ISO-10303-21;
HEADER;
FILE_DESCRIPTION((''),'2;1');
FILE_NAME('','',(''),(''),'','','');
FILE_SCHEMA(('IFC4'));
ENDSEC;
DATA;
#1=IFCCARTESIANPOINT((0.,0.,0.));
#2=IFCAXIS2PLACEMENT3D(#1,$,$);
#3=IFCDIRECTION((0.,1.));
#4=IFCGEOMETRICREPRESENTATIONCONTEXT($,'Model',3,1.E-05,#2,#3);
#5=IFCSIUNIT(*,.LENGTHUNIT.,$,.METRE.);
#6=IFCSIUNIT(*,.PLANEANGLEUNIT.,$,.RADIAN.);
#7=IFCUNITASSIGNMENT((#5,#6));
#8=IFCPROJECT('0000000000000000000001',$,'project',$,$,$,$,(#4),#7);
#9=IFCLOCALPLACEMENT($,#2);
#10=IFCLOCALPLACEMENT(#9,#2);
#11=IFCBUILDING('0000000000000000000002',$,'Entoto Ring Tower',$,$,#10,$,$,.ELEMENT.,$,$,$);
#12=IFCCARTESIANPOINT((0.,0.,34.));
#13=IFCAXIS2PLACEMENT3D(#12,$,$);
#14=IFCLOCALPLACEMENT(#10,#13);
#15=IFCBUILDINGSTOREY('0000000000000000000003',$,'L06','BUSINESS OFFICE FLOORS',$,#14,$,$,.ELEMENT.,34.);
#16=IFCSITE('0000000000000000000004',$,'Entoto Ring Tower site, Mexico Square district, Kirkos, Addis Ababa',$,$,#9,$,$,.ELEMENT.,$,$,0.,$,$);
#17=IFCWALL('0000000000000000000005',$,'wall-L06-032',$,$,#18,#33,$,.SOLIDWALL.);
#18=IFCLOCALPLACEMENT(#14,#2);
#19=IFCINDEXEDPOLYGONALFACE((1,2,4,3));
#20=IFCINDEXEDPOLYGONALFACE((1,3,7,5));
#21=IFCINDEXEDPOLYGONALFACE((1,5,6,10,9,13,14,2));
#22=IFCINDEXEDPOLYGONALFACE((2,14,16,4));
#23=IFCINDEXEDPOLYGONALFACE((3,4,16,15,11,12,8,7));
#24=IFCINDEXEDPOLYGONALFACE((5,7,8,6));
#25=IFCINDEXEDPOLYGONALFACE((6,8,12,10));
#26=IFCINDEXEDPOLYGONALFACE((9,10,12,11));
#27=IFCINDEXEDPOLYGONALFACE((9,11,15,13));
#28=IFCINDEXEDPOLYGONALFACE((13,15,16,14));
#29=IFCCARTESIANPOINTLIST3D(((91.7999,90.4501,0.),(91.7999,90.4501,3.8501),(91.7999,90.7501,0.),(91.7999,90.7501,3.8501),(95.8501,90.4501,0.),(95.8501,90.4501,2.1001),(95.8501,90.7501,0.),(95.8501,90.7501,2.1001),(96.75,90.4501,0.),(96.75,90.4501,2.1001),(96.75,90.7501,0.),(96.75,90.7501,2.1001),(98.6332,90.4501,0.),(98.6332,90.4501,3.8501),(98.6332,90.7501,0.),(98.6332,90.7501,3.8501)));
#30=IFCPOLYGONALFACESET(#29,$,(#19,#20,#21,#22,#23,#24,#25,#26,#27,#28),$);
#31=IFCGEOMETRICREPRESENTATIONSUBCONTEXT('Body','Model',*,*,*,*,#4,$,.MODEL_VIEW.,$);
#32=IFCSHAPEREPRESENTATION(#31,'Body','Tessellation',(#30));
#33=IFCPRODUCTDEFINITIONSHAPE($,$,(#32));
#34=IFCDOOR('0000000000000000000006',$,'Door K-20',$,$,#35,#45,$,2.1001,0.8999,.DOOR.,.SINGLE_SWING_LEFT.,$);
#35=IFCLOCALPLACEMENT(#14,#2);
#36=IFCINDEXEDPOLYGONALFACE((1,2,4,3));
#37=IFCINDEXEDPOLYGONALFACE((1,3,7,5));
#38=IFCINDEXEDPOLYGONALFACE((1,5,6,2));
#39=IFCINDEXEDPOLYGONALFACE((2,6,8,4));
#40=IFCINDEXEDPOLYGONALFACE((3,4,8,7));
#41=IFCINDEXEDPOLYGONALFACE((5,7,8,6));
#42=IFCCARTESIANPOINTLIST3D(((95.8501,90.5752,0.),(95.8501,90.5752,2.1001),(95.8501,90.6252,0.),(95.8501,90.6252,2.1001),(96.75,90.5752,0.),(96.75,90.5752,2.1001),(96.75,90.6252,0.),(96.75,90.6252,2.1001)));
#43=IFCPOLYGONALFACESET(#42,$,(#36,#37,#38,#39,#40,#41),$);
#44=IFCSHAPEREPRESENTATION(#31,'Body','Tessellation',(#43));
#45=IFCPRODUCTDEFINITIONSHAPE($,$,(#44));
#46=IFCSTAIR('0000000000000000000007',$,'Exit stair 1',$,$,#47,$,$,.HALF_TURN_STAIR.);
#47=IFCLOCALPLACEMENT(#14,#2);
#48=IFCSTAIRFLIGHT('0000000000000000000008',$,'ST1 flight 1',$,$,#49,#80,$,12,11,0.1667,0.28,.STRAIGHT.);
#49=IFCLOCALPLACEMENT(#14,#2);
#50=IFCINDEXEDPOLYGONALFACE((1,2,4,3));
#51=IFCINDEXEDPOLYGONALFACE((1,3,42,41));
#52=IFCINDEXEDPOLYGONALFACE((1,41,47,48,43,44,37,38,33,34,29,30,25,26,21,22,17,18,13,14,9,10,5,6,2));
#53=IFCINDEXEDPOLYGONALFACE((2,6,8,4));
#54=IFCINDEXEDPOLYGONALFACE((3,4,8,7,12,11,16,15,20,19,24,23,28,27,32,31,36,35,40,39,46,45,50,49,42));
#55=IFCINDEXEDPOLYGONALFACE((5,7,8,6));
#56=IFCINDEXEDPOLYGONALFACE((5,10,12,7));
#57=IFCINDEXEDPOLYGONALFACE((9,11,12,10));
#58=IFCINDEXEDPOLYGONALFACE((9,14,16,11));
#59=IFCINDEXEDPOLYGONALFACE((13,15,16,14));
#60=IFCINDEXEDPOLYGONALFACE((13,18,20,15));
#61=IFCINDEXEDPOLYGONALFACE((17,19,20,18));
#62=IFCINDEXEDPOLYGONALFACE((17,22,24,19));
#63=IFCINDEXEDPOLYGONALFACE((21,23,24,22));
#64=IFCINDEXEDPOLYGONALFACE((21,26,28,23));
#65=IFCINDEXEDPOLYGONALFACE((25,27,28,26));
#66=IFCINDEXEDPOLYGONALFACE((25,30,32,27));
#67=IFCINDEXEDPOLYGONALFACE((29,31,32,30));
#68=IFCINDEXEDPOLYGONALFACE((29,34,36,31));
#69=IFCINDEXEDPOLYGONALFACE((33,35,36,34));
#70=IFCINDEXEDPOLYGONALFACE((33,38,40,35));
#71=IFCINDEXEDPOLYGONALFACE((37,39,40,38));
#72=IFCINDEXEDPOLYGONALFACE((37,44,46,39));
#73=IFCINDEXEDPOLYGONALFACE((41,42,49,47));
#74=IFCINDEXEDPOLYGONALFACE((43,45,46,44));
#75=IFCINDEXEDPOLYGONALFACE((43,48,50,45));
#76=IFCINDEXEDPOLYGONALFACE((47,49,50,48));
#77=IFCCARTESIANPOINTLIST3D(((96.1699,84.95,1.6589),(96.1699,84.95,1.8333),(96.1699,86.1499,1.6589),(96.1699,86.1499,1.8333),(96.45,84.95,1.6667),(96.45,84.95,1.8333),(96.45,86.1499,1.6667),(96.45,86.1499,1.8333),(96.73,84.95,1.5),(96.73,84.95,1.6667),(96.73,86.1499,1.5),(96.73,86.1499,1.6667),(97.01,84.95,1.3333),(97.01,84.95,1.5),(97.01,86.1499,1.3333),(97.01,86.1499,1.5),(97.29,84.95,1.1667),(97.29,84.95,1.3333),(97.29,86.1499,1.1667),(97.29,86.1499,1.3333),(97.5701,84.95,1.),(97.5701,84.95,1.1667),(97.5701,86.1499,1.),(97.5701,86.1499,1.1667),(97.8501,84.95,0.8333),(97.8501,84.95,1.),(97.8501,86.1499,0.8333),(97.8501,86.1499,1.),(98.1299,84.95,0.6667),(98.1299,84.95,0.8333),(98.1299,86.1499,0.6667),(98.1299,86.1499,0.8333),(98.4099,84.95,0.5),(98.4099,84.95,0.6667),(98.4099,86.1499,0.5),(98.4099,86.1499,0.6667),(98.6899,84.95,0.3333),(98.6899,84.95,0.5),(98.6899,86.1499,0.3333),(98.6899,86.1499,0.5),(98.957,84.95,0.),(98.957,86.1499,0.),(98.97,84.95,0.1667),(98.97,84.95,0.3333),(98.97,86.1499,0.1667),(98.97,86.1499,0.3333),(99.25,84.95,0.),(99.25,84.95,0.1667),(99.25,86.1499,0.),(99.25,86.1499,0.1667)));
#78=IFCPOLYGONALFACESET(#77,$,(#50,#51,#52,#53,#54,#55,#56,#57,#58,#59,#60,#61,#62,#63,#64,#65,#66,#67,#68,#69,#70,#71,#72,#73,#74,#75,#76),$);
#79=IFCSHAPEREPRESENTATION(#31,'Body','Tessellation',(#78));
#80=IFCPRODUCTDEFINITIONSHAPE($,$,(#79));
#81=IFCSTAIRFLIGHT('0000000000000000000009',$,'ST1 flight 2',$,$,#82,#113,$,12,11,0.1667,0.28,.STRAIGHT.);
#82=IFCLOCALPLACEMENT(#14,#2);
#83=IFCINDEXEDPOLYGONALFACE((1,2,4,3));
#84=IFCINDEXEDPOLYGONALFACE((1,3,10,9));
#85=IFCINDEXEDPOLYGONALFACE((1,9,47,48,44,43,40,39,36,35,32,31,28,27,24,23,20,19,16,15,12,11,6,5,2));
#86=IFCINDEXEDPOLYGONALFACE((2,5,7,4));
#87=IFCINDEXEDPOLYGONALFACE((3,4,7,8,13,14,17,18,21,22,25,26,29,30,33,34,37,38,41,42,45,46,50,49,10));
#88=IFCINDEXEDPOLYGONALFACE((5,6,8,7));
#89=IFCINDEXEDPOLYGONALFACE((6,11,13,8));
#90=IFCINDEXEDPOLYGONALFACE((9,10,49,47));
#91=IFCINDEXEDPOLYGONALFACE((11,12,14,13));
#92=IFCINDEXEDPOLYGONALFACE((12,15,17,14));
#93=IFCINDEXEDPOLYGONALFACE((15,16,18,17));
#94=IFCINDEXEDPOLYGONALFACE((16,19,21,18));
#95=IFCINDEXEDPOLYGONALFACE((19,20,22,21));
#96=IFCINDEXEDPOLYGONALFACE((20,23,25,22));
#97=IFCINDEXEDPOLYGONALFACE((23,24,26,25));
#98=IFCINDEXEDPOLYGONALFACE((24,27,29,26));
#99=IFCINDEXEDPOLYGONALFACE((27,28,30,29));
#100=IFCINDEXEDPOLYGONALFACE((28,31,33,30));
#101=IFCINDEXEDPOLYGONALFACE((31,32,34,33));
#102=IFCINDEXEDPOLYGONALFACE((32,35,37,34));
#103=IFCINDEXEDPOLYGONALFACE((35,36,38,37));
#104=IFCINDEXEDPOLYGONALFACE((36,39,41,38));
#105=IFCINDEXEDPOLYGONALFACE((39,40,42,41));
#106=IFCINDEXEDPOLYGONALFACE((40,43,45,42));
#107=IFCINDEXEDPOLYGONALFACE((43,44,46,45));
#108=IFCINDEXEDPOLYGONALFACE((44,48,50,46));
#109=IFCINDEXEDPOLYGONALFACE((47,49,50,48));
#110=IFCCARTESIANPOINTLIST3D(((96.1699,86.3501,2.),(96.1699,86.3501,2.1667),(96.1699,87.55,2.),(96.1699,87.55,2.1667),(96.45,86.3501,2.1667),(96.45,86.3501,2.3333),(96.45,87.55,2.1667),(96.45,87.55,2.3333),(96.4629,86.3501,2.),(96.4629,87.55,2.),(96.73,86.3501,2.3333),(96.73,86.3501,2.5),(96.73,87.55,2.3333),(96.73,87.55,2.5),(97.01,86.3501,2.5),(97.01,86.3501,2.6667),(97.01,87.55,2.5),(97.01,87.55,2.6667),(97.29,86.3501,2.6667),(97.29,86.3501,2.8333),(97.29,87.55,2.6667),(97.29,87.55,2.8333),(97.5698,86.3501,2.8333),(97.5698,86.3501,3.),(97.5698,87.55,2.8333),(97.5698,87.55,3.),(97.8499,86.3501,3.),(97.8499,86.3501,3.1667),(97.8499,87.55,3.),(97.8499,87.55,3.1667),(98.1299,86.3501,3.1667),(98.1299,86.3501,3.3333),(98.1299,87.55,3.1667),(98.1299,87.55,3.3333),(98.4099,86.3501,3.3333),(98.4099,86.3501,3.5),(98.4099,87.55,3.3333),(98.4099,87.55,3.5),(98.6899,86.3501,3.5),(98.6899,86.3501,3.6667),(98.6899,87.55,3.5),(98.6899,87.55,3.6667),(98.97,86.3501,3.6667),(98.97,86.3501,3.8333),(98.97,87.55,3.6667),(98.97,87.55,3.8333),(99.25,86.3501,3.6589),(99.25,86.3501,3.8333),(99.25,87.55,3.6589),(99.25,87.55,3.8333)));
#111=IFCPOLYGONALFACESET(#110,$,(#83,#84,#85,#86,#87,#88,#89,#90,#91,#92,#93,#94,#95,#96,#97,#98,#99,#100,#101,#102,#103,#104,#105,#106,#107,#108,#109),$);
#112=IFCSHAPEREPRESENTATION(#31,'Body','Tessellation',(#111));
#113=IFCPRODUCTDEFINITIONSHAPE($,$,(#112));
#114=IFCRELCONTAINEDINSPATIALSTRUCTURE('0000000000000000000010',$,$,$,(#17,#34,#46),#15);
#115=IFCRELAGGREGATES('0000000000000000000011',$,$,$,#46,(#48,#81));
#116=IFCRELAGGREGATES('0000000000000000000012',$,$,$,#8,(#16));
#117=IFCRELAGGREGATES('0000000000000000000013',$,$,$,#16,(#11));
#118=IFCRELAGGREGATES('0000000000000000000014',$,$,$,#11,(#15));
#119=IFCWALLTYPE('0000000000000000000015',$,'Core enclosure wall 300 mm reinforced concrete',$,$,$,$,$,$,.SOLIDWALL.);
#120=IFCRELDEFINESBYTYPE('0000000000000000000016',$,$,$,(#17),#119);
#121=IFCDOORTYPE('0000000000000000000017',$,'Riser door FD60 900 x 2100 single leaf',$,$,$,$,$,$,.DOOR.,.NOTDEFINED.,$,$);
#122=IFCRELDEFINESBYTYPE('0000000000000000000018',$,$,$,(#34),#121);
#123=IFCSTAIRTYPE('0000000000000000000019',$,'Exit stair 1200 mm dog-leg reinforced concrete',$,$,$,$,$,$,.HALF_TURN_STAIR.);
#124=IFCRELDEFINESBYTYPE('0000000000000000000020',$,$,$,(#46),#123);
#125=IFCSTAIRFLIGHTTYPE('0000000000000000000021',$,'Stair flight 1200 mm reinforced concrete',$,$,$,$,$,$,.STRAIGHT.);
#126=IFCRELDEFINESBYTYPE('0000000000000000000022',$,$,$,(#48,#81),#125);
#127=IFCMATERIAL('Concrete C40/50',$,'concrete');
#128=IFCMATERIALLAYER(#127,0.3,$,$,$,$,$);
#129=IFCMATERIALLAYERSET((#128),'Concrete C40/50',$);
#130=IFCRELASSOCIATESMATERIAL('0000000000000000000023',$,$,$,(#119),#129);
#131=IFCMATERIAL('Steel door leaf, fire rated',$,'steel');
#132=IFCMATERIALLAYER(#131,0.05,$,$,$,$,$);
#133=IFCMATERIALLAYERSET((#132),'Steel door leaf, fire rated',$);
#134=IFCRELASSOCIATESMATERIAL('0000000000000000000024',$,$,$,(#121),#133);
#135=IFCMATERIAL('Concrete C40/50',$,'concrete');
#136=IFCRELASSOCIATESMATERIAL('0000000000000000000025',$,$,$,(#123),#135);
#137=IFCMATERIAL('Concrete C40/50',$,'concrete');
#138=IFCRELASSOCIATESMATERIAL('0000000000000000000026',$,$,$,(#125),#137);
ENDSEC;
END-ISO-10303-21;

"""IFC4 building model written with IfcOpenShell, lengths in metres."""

from ifc_helpers import new_model, si_unit, direction, frame, frame_2d, origin, place, context, subcontext, project, spatial, polyline, rectangle, outline, extrude, material, layer, layer_set, type_object, element, fill, aggregate, save


model = new_model("IFC4")

# Units and contexts
model_context = context("Model", 3, precision=1e-05, world=origin(), true_north=direction((0.0, 1.0)))
body_context = subcontext(model_context, "Body", "Model", "MODEL_VIEW")
ifc_project = project(units=[si_unit("LENGTHUNIT", "METRE"), si_unit("PLANEANGLEUNIT", "RADIAN")], contexts=[model_context])

# Site, building, storey
site_placement = place(None, origin())
site = spatial("IfcSite", under=ifc_project, at=site_placement, Name="Entoto Ring Tower site, Mexico Square district, Kirkos, Addis Ababa", CompositionType="ELEMENT", RefElevation=0.0)
building_placement = place(site_placement, origin())
building = spatial("IfcBuilding", under=site, at=building_placement, Name="Entoto Ring Tower", CompositionType="ELEMENT")
storey_placement = place(building_placement, frame((0.0, 0.0, 34.0)))
storey = spatial("IfcBuildingStorey", under=building, at=storey_placement, Name="L06", Description="BUSINESS OFFICE FLOORS", CompositionType="ELEMENT", Elevation=34.0)

# Shared definitions
ifc_material_1 = material(Name="Concrete C40/50", Category="concrete")
ifc_layer_1 = layer(ifc_material_1, 0.3)
ifc_layer_set_1 = layer_set([ifc_layer_1], Name="Concrete C40/50")
wall_type = type_object("IfcWallType", Name="Core enclosure wall 300 mm reinforced concrete", PredefinedType="SOLIDWALL", material=ifc_layer_set_1)

# Wall, opening, door
wall_1_placement = place(storey_placement, frame((91.8, 90.6001, 0.0), z_axis=(0.0, 0.0, 1.0), x_axis=(1.0, 0.0, 0.0)))
wall_1 = element("IfcWall", 1, at=wall_1_placement, inside=storey, type_object=wall_type, Name="wall-L06-032", PredefinedType="SOLIDWALL", context=body_context, shape_type="SweptSolid", body=[
    extrude(rectangle(XDim=6.8333, YDim=0.3, at=frame_2d((3.4165, 0.0))), origin(), (0.0, 0.0, 1.0), 3.8501),
])
opening_1_placement = place(wall_1_placement, frame((4.05, 0.0, 0.0)))
opening_1 = element("IfcOpeningElement", 2, at=opening_1_placement, cuts=wall_1, PredefinedType="OPENING", context=body_context, shape_type="SweptSolid", body=[
    extrude(rectangle(XDim=0.8999, YDim=2.1001, at=frame_2d((0.45, 1.05))), frame((0.0, 0.1602, 0.0), z_axis=(0.0, -1.0, 0.0), x_axis=(1.0, 0.0, 0.0)), (0.0, 0.0, 1.0), 0.3201),
])
ifc_material_2 = material(Name="Steel door leaf, fire rated", Category="steel")
ifc_layer_2 = layer(ifc_material_2, 0.05)
ifc_layer_set_2 = layer_set([ifc_layer_2], Name="Steel door leaf, fire rated")
door_type_1 = type_object("IfcDoorType", Name="Riser door FD60 900 x 2100 single leaf", OperationType="NOTDEFINED", PredefinedType="DOOR", material=ifc_layer_set_2)
door_1_placement = place(opening_1_placement, frame((0.8999, 0.0, 0.0), z_axis=(0.0, 0.0, 1.0), x_axis=(-1.0, 0.0, 0.0)))
door_1 = element("IfcDoor", 3, at=door_1_placement, inside=storey, type_object=door_type_1, Name="Door K-20", OperationType="SINGLE_SWING_LEFT", OverallHeight=2.1001, OverallWidth=0.8999, PredefinedType="DOOR", context=body_context, shape_type="SweptSolid", body=[
    extrude(rectangle(XDim=0.8999, YDim=2.1001, at=frame_2d((0.45, 1.05))), frame((0.0, 0.0249, 0.0), z_axis=(0.0, -1.0, 0.0), x_axis=(1.0, 0.0, 0.0)), (0.0, 0.0, 1.0), 0.05),
])
fill(opening_1, door_1)

# Stair, stair flights
ifc_material_3 = material(Name="Concrete C40/50", Category="concrete")
stair_type = type_object("IfcStairType", Name="Exit stair 1200 mm dog-leg reinforced concrete", PredefinedType="HALF_TURN_STAIR", material=ifc_material_3)
stair_placement = place(storey_placement, origin())
stair = element("IfcStair", 4, at=stair_placement, inside=storey, type_object=stair_type, Name="Exit stair 1", PredefinedType="HALF_TURN_STAIR")
ifc_material_4 = material(Name="Concrete C40/50", Category="concrete")
stair_flight_type = type_object("IfcStairFlightType", Name="Stair flight 1200 mm reinforced concrete", PredefinedType="STRAIGHT", material=ifc_material_4)
stair_flight_1_placement = place(storey_placement, frame((99.25, 85.55, 0.0), z_axis=(0.0, 0.0, 1.0), x_axis=(-1.0, 0.0, 0.0)))
stair_flight_1 = element("IfcStairFlight", 5, at=stair_flight_1_placement, type_object=stair_flight_type, Name="ST1 flight 1", NumberOfRisers=12, NumberOfTreads=11, PredefinedType="STRAIGHT", RiserHeight=0.1667, TreadLength=0.28, context=body_context, shape_type="SweptSolid", body=[
    extrude(outline(polyline([(0.0, 0.0), (0.0, 0.1667), (0.28, 0.1667), (0.28, 0.3333), (0.5601, 0.3333), (0.5601, 0.5), (0.8401, 0.5), (0.8401, 0.6667), (1.1201, 0.6667), (1.1201, 0.8333), (1.3999, 0.8333), (1.3999, 1.0), (1.6799, 1.0), (1.6799, 1.1667), (1.96, 1.1667), (1.96, 1.3333), (2.24, 1.3333), (2.24, 1.5), (2.52, 1.5), (2.52, 1.6667), (2.8, 1.6667), (2.8, 1.8333), (3.0801, 1.8333), (3.0801, 2.0), (3.0801, 1.6589), (0.293, 0.0), (0.0, 0.0)])), frame((0.0, 0.6001, 0.0), z_axis=(0.0, -1.0, 0.0), x_axis=(1.0, 0.0, 0.0)), (0.0, 0.0, 1.0), 1.2),
])
stair_flight_2_placement = place(storey_placement, frame((96.1699, 86.95, 2.0), z_axis=(0.0, 0.0, 1.0), x_axis=(1.0, 0.0, 0.0)))
stair_flight_2 = element("IfcStairFlight", 6, at=stair_flight_2_placement, type_object=stair_flight_type, Name="ST1 flight 2", NumberOfRisers=12, NumberOfTreads=11, PredefinedType="STRAIGHT", RiserHeight=0.1667, TreadLength=0.28, context=body_context, shape_type="SweptSolid", body=[
    extrude(outline(polyline([(0.0, 0.0), (0.0, 0.1667), (0.28, 0.1667), (0.28, 0.3333), (0.5601, 0.3333), (0.5601, 0.5), (0.8401, 0.5), (0.8401, 0.6667), (1.1201, 0.6667), (1.1201, 0.8333), (1.3999, 0.8333), (1.3999, 1.0), (1.6799, 1.0), (1.6799, 1.1667), (1.96, 1.1667), (1.96, 1.3333), (2.24, 1.3333), (2.24, 1.5), (2.52, 1.5), (2.52, 1.6667), (2.8, 1.6667), (2.8, 1.8333), (3.0801, 1.8333), (3.0801, 2.0), (3.0801, 1.6589), (0.293, 0.0), (0.0, 0.0)])), frame((0.0, 0.6001, 0.0), z_axis=(0.0, -1.0, 0.0), x_axis=(1.0, 0.0, 0.0)), (0.0, 0.0, 1.0), 1.2),
])
aggregate(stair, [stair_flight_1, stair_flight_2])

save(model, "model.ifc")
